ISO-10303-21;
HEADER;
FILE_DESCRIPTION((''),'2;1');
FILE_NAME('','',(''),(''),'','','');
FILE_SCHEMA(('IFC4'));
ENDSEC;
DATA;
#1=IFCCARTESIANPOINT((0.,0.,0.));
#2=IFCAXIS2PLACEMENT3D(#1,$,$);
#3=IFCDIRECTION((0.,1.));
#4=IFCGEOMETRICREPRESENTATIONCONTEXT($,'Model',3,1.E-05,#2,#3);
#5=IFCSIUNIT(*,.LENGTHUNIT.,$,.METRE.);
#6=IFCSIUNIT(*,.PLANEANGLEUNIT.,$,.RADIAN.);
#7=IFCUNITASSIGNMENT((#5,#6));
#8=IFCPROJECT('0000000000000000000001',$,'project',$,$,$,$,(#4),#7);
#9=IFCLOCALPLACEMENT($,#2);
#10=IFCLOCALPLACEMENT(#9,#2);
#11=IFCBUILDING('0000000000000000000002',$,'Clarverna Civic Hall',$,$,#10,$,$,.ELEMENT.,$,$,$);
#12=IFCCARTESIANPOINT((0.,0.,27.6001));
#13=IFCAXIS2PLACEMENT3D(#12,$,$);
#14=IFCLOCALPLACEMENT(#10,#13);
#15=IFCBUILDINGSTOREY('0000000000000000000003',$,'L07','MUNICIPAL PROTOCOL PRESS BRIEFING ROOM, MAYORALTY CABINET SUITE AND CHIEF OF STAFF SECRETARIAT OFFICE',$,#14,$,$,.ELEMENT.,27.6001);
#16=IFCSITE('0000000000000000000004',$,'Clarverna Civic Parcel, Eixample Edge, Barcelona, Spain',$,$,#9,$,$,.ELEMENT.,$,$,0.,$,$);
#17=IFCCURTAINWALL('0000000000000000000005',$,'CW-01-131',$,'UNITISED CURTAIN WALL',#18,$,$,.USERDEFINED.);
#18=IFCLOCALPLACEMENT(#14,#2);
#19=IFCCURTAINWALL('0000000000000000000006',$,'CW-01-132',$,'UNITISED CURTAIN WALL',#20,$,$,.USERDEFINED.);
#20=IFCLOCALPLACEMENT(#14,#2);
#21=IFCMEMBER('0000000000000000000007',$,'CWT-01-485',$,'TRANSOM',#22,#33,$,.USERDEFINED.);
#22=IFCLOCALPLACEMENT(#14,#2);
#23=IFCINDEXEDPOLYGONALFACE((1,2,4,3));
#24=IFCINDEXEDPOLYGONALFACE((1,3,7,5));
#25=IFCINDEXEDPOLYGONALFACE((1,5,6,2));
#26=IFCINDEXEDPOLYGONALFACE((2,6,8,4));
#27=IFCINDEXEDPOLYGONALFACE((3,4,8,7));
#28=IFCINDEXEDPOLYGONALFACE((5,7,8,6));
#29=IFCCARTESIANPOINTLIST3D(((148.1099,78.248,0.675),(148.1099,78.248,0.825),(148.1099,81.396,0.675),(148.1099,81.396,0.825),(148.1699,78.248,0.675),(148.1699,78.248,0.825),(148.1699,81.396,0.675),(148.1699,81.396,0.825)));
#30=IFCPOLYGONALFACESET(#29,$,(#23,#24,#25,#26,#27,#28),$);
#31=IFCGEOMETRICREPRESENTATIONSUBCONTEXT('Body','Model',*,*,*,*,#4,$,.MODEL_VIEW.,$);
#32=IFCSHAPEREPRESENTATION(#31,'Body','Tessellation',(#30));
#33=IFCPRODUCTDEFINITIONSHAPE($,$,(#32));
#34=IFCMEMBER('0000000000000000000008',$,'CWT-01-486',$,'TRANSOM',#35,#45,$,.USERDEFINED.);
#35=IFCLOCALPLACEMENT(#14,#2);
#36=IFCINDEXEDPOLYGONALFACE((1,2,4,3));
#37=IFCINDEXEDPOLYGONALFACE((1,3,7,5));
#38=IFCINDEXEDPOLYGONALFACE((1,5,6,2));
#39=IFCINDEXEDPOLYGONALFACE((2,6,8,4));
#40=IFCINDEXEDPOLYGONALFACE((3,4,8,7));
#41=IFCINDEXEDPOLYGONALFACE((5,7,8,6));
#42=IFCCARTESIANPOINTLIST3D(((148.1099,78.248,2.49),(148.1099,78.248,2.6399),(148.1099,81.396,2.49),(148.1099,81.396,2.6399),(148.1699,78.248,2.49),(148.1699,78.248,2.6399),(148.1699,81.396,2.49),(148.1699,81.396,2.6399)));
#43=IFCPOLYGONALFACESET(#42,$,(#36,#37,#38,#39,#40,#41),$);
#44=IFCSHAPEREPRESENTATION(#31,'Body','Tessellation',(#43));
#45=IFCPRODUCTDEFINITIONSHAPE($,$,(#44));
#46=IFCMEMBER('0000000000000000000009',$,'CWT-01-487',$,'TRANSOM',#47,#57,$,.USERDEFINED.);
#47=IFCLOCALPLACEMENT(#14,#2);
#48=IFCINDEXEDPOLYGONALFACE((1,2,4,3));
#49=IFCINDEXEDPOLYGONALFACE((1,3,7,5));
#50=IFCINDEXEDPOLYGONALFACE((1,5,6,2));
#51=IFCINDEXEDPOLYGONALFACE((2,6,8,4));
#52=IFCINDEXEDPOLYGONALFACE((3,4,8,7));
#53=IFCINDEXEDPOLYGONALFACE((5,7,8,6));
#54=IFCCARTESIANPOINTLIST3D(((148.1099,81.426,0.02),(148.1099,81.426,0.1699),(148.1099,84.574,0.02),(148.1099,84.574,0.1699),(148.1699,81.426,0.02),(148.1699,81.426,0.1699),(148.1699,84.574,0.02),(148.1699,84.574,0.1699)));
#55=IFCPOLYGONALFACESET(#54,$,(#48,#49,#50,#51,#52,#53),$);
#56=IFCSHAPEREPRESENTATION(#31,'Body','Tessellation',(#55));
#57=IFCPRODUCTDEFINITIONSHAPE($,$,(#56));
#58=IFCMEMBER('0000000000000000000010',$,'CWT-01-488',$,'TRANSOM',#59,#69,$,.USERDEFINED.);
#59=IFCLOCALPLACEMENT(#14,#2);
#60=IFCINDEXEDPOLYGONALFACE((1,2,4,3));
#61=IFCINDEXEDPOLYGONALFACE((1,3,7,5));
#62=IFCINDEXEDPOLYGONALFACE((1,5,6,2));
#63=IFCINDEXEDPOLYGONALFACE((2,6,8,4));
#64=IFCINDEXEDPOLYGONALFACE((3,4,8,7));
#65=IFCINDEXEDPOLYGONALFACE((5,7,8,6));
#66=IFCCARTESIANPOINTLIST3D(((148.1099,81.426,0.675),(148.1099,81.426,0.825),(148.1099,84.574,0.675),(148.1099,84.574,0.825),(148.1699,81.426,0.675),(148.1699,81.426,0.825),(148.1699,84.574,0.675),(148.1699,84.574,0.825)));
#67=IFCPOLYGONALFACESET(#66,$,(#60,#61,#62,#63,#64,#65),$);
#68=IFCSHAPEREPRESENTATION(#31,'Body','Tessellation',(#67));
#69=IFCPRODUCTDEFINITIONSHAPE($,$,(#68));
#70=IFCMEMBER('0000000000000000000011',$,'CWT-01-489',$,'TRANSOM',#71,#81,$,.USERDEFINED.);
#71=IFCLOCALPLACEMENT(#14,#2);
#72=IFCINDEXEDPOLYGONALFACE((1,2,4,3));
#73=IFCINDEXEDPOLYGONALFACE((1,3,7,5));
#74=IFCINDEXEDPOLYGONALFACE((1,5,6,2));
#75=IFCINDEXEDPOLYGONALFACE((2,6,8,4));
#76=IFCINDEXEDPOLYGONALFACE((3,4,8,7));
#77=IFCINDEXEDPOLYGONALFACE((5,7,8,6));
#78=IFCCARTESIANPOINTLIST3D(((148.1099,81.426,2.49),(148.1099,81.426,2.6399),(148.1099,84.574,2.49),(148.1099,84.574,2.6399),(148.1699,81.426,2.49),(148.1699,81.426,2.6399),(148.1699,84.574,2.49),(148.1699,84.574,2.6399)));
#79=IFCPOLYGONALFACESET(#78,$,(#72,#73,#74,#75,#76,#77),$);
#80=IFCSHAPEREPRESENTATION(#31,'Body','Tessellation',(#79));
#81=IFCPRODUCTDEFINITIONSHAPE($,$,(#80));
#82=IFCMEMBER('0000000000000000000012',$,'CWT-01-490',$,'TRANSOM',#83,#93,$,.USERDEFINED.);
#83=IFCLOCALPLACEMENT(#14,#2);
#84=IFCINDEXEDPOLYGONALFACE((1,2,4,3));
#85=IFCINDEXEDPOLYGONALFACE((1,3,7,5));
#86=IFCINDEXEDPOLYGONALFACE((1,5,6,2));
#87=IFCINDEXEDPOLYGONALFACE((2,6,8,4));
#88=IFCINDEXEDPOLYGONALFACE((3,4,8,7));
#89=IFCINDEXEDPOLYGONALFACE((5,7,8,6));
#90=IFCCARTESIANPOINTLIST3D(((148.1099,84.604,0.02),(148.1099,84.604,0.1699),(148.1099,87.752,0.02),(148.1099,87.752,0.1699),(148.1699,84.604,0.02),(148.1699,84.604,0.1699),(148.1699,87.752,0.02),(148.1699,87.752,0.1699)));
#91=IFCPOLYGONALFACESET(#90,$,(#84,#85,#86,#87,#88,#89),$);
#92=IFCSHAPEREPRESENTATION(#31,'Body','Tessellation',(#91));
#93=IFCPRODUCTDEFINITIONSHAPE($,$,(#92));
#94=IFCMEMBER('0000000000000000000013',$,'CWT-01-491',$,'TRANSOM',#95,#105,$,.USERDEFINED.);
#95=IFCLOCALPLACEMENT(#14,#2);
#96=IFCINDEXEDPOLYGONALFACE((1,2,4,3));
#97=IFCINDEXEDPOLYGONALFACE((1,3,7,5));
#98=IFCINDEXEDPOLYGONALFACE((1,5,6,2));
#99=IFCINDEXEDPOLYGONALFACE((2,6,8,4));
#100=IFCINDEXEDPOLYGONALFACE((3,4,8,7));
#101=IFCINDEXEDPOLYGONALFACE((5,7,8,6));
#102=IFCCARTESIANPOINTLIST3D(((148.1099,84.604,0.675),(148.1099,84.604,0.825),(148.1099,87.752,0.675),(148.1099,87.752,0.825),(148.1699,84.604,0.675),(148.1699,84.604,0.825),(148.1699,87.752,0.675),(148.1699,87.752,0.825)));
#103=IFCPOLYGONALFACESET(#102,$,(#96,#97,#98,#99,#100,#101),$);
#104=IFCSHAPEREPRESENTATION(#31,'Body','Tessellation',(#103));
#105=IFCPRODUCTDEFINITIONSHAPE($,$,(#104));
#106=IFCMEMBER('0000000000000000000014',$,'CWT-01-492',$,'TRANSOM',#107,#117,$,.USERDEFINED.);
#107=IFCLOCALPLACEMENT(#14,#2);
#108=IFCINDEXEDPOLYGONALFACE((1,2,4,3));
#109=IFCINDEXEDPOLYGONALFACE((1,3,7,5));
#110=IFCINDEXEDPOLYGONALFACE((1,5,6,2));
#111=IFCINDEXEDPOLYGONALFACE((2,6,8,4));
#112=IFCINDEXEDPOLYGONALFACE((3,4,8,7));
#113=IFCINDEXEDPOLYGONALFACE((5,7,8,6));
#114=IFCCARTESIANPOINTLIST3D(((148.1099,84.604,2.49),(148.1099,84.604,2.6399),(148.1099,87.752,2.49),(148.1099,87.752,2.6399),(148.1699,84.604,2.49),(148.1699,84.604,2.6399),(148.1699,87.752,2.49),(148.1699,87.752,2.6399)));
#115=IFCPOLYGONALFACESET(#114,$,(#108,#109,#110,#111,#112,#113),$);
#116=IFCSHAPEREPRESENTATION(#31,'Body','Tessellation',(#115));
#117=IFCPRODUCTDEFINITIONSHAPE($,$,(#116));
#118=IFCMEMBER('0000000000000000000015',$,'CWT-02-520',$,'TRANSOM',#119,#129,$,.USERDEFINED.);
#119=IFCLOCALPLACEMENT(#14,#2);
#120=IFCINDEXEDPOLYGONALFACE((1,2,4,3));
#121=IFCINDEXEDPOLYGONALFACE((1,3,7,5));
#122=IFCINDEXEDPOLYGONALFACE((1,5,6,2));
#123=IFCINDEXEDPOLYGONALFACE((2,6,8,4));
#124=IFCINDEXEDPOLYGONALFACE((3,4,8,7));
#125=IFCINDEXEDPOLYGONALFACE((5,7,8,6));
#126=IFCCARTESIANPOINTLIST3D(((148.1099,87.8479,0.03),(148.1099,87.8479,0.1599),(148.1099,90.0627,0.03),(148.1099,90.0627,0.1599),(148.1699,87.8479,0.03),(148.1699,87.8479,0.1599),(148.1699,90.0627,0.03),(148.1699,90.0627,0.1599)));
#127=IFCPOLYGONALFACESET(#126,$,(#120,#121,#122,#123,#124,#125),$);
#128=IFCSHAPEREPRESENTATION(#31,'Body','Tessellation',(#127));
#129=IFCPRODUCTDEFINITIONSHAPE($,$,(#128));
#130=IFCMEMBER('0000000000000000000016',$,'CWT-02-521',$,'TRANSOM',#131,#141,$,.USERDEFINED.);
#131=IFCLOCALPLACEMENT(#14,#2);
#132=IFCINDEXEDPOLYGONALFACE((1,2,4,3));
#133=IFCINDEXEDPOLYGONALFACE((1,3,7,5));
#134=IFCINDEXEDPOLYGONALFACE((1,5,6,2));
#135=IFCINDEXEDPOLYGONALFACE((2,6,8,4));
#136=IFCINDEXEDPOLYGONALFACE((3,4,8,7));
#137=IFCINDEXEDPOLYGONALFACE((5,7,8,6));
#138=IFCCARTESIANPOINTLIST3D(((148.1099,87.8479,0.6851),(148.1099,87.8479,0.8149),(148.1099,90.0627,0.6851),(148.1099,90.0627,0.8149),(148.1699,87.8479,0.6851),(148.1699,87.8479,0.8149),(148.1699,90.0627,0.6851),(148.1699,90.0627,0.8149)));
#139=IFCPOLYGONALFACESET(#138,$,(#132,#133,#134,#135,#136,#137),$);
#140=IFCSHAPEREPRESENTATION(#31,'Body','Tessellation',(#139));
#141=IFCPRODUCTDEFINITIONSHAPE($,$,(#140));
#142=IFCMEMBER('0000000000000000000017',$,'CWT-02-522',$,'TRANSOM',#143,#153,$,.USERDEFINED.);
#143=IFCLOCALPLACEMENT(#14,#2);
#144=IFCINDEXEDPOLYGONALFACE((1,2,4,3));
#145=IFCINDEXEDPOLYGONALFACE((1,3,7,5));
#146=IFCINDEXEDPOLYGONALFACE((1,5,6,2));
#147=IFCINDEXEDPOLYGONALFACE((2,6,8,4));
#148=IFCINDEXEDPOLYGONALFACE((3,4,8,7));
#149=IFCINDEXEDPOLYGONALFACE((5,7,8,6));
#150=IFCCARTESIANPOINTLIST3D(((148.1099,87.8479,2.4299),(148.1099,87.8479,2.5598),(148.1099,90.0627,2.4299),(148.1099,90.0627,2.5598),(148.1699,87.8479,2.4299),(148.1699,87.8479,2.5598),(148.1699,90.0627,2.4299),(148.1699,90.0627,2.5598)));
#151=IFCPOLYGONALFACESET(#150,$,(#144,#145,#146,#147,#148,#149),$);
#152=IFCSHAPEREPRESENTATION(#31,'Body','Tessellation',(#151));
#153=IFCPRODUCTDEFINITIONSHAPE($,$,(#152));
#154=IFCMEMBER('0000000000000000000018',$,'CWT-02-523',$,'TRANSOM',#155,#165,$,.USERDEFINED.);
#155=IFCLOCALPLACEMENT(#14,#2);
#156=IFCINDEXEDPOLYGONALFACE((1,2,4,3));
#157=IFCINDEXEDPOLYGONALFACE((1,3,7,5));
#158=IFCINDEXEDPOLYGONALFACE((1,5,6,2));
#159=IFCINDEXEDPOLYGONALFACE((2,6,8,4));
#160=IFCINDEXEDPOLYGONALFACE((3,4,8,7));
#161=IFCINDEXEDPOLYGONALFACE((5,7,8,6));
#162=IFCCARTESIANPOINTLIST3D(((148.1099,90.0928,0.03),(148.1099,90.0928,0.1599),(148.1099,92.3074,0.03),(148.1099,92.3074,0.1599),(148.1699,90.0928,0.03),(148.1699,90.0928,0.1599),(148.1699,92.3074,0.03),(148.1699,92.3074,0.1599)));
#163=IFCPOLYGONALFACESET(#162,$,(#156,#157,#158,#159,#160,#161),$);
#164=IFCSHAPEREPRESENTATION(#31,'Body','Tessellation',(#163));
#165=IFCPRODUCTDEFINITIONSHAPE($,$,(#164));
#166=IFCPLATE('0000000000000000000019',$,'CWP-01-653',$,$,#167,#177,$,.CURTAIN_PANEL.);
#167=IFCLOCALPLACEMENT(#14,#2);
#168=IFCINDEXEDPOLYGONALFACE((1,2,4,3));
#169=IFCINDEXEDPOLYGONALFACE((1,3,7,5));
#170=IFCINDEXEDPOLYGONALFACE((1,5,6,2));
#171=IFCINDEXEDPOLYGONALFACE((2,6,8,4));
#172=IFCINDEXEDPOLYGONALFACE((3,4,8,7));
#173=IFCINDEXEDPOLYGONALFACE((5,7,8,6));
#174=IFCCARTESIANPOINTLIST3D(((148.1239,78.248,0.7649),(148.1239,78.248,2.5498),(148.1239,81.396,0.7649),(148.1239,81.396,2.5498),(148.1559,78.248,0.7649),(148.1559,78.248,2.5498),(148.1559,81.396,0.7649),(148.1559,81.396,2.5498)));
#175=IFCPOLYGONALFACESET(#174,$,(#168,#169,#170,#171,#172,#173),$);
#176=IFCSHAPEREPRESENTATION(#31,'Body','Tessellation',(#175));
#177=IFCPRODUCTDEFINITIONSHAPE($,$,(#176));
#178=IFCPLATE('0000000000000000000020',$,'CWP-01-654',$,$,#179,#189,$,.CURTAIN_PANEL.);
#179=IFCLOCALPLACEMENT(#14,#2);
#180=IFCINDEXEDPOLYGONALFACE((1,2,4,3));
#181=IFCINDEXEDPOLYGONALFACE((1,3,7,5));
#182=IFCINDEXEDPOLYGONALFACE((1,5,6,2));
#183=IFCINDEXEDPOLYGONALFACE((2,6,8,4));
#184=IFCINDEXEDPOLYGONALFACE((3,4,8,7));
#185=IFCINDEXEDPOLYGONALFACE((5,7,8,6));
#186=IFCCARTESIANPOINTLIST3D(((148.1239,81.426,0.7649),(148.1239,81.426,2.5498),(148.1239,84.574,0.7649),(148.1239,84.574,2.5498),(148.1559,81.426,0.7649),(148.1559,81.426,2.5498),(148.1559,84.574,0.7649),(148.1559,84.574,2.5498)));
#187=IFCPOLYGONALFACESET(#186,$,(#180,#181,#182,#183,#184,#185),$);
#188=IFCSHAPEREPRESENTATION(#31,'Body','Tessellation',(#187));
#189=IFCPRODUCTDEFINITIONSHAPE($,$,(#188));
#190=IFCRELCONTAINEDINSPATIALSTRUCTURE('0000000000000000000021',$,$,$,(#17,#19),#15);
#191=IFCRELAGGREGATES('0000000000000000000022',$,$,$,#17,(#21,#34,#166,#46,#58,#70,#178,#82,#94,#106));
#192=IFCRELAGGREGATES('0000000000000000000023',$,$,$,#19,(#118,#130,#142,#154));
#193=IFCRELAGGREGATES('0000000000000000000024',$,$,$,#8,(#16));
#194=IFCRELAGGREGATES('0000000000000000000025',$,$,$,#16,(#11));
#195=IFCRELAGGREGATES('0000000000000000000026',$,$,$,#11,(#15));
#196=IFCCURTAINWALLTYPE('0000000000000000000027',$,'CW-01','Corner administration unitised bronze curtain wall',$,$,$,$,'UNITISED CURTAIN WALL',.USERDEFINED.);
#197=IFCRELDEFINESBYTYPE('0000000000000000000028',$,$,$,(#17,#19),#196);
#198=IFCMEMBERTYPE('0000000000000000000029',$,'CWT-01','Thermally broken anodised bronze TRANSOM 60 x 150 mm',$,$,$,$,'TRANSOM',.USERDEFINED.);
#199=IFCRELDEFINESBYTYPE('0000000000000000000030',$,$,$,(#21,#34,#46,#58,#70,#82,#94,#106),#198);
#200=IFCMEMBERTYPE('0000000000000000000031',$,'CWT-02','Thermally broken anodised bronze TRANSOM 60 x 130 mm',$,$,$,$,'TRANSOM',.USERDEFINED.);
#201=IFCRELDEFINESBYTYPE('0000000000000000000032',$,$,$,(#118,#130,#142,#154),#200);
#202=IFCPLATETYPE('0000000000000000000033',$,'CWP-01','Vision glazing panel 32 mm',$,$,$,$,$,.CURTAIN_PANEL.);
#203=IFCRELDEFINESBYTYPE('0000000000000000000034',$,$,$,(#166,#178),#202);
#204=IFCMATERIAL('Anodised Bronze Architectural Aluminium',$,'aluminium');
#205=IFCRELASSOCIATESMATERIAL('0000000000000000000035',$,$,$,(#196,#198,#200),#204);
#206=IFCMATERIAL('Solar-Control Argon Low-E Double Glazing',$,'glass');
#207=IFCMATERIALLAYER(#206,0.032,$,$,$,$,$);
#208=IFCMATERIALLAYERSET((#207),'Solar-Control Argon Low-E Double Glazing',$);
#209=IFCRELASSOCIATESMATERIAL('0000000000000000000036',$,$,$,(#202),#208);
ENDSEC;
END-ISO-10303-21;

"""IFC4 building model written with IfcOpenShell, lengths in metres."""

from ifc_helpers import new_model, si_unit, direction, frame, frame_2d, origin, origin_2d, place, context, subcontext, project, spatial, rectangle, extrude, material, layer, layer_set, material_profile, profile_set, type_object, element, aggregate, save


model = new_model("IFC4")

# Units and contexts
model_context = context("Model", 3, precision=1e-05, world=origin(), true_north=direction((0.0, 1.0)))
body_context = subcontext(model_context, "Body", "Model", "MODEL_VIEW")
ifc_project = project(units=[si_unit("LENGTHUNIT", "METRE"), si_unit("PLANEANGLEUNIT", "RADIAN")], contexts=[model_context])

# Site, building, storey
site_placement = place(None, origin())
site = spatial("IfcSite", under=ifc_project, at=site_placement, Name="Clarverna Civic Parcel, Eixample Edge, Barcelona, Spain", CompositionType="ELEMENT", RefElevation=0.0)
building_placement = place(site_placement, origin())
building = spatial("IfcBuilding", under=site, at=building_placement, Name="Clarverna Civic Hall", CompositionType="ELEMENT")
storey_placement = place(building_placement, frame((0.0, 0.0, 27.6001)))
storey = spatial("IfcBuildingStorey", under=building, at=storey_placement, Name="L07", Description="MUNICIPAL PROTOCOL PRESS BRIEFING ROOM, MAYORALTY CABINET SUITE AND CHIEF OF STAFF SECRETARIAT OFFICE", CompositionType="ELEMENT", Elevation=27.6001)

# Curtain walls
ifc_material_1 = material(Name="Anodised Bronze Architectural Aluminium", Category="aluminium")
curtain_wall_type = type_object("IfcCurtainWallType", Name="CW-01", Description="Corner administration unitised bronze curtain wall", ElementType="UNITISED CURTAIN WALL", PredefinedType="USERDEFINED", material=ifc_material_1)
curtain_wall_1_placement = place(storey_placement, origin())
curtain_wall_1 = element("IfcCurtainWall", 1, at=curtain_wall_1_placement, inside=storey, type_object=curtain_wall_type, Name="CW-01-131", ObjectType="UNITISED CURTAIN WALL", PredefinedType="USERDEFINED")
curtain_wall_2_placement = place(storey_placement, origin())
curtain_wall_2 = element("IfcCurtainWall", 2, at=curtain_wall_2_placement, inside=storey, type_object=curtain_wall_type, Name="CW-01-132", ObjectType="UNITISED CURTAIN WALL", PredefinedType="USERDEFINED")

# Members
ifc_material_profile_1 = material_profile(ifc_material_1, rectangle(XDim=0.0601, YDim=0.1499, at=origin_2d()), Name="BRONZE 60x150")
ifc_profile_set_1 = profile_set([ifc_material_profile_1], Name="Anodised Bronze Architectural Aluminium")
member_type_1 = type_object("IfcMemberType", Name="CWT-01", Description="Thermally broken anodised bronze TRANSOM 60 x 150 mm", ElementType="TRANSOM", PredefinedType="USERDEFINED", material=ifc_profile_set_1)
member_1_placement = place(storey_placement, frame((148.1399, 78.248, 0.75), z_axis=(0.0, 1.0, 0.0), x_axis=(-1.0, 0.0, 0.0)))
member_1 = element("IfcMember", 3, at=member_1_placement, type_object=member_type_1, Name="CWT-01-485", ObjectType="TRANSOM", PredefinedType="USERDEFINED", context=body_context, shape_type="SweptSolid", body=[
    extrude(rectangle(XDim=0.0601, YDim=0.1499, at=origin_2d()), origin(), (0.0, 0.0, 1.0), 3.1479),
])
member_2_placement = place(storey_placement, frame((148.1399, 78.248, 2.5649), z_axis=(0.0, 1.0, 0.0), x_axis=(-1.0, 0.0, 0.0)))
member_2 = element("IfcMember", 4, at=member_2_placement, type_object=member_type_1, Name="CWT-01-486", ObjectType="TRANSOM", PredefinedType="USERDEFINED", context=body_context, shape_type="SweptSolid", body=[
    extrude(rectangle(XDim=0.0601, YDim=0.1499, at=origin_2d()), origin(), (0.0, 0.0, 1.0), 3.1479),
])
member_3_placement = place(storey_placement, frame((148.1399, 81.426, 0.095), z_axis=(0.0, 1.0, 0.0), x_axis=(-1.0, 0.0, 0.0)))
member_3 = element("IfcMember", 5, at=member_3_placement, type_object=member_type_1, Name="CWT-01-487", ObjectType="TRANSOM", PredefinedType="USERDEFINED", context=body_context, shape_type="SweptSolid", body=[
    extrude(rectangle(XDim=0.0601, YDim=0.1499, at=origin_2d()), origin(), (0.0, 0.0, 1.0), 3.1479),
])
member_4_placement = place(storey_placement, frame((148.1399, 81.426, 0.75), z_axis=(0.0, 1.0, 0.0), x_axis=(-1.0, 0.0, 0.0)))
member_4 = element("IfcMember", 6, at=member_4_placement, type_object=member_type_1, Name="CWT-01-488", ObjectType="TRANSOM", PredefinedType="USERDEFINED", context=body_context, shape_type="SweptSolid", body=[
    extrude(rectangle(XDim=0.0601, YDim=0.1499, at=origin_2d()), origin(), (0.0, 0.0, 1.0), 3.1479),
])
member_5_placement = place(storey_placement, frame((148.1399, 81.426, 2.5649), z_axis=(0.0, 1.0, 0.0), x_axis=(-1.0, 0.0, 0.0)))
member_5 = element("IfcMember", 7, at=member_5_placement, type_object=member_type_1, Name="CWT-01-489", ObjectType="TRANSOM", PredefinedType="USERDEFINED", context=body_context, shape_type="SweptSolid", body=[
    extrude(rectangle(XDim=0.0601, YDim=0.1499, at=origin_2d()), origin(), (0.0, 0.0, 1.0), 3.1479),
])
member_6_placement = place(storey_placement, frame((148.1399, 84.604, 0.095), z_axis=(0.0, 1.0, 0.0), x_axis=(-1.0, 0.0, 0.0)))
member_6 = element("IfcMember", 8, at=member_6_placement, type_object=member_type_1, Name="CWT-01-490", ObjectType="TRANSOM", PredefinedType="USERDEFINED", context=body_context, shape_type="SweptSolid", body=[
    extrude(rectangle(XDim=0.0601, YDim=0.1499, at=origin_2d()), origin(), (0.0, 0.0, 1.0), 3.1479),
])
member_7_placement = place(storey_placement, frame((148.1399, 84.604, 0.75), z_axis=(0.0, 1.0, 0.0), x_axis=(-1.0, 0.0, 0.0)))
member_7 = element("IfcMember", 9, at=member_7_placement, type_object=member_type_1, Name="CWT-01-491", ObjectType="TRANSOM", PredefinedType="USERDEFINED", context=body_context, shape_type="SweptSolid", body=[
    extrude(rectangle(XDim=0.0601, YDim=0.1499, at=origin_2d()), origin(), (0.0, 0.0, 1.0), 3.1479),
])
member_8_placement = place(storey_placement, frame((148.1399, 84.604, 2.5649), z_axis=(0.0, 1.0, 0.0), x_axis=(-1.0, 0.0, 0.0)))
member_8 = element("IfcMember", 10, at=member_8_placement, type_object=member_type_1, Name="CWT-01-492", ObjectType="TRANSOM", PredefinedType="USERDEFINED", context=body_context, shape_type="SweptSolid", body=[
    extrude(rectangle(XDim=0.0601, YDim=0.1499, at=origin_2d()), origin(), (0.0, 0.0, 1.0), 3.1479),
])
ifc_material_profile_2 = material_profile(ifc_material_1, rectangle(XDim=0.0601, YDim=0.1299, at=origin_2d()), Name="BRONZE 60x130")
ifc_profile_set_2 = profile_set([ifc_material_profile_2], Name="Anodised Bronze Architectural Aluminium")
member_type_2 = type_object("IfcMemberType", Name="CWT-02", Description="Thermally broken anodised bronze TRANSOM 60 x 130 mm", ElementType="TRANSOM", PredefinedType="USERDEFINED", material=ifc_profile_set_2)
member_9_placement = place(storey_placement, frame((148.1399, 87.8479, 0.095), z_axis=(0.0, 1.0, 0.0), x_axis=(-1.0, 0.0, 0.0)))
member_9 = element("IfcMember", 11, at=member_9_placement, type_object=member_type_2, Name="CWT-02-520", ObjectType="TRANSOM", PredefinedType="USERDEFINED", context=body_context, shape_type="SweptSolid", body=[
    extrude(rectangle(XDim=0.0601, YDim=0.1299, at=origin_2d()), origin(), (0.0, 0.0, 1.0), 2.2148),
])
member_10_placement = place(storey_placement, frame((148.1399, 87.8479, 0.75), z_axis=(0.0, 1.0, 0.0), x_axis=(-1.0, 0.0, 0.0)))
member_10 = element("IfcMember", 12, at=member_10_placement, type_object=member_type_2, Name="CWT-02-521", ObjectType="TRANSOM", PredefinedType="USERDEFINED", context=body_context, shape_type="SweptSolid", body=[
    extrude(rectangle(XDim=0.0601, YDim=0.1299, at=origin_2d()), origin(), (0.0, 0.0, 1.0), 2.2148),
])
member_11_placement = place(storey_placement, frame((148.1399, 87.8479, 2.4949), z_axis=(0.0, 1.0, 0.0), x_axis=(-1.0, 0.0, 0.0)))
member_11 = element("IfcMember", 13, at=member_11_placement, type_object=member_type_2, Name="CWT-02-522", ObjectType="TRANSOM", PredefinedType="USERDEFINED", context=body_context, shape_type="SweptSolid", body=[
    extrude(rectangle(XDim=0.0601, YDim=0.1299, at=origin_2d()), origin(), (0.0, 0.0, 1.0), 2.2148),
])
member_12_placement = place(storey_placement, frame((148.1399, 90.0928, 0.095), z_axis=(0.0, 1.0, 0.0), x_axis=(-1.0, 0.0, 0.0)))
member_12 = element("IfcMember", 14, at=member_12_placement, type_object=member_type_2, Name="CWT-02-523", ObjectType="TRANSOM", PredefinedType="USERDEFINED", context=body_context, shape_type="SweptSolid", body=[
    extrude(rectangle(XDim=0.0601, YDim=0.1299, at=origin_2d()), origin(), (0.0, 0.0, 1.0), 2.2146),
])

# Plates
ifc_material_2 = material(Name="Solar-Control Argon Low-E Double Glazing", Category="glass")
ifc_layer_1 = layer(ifc_material_2, 0.032)
ifc_layer_set_1 = layer_set([ifc_layer_1], Name="Solar-Control Argon Low-E Double Glazing")
plate_type_1 = type_object("IfcPlateType", Name="CWP-01", Description="Vision glazing panel 32 mm", PredefinedType="CURTAIN_PANEL", material=ifc_layer_set_1)
plate_1_placement = place(storey_placement, frame((148.1399, 78.248, 0.7649), z_axis=(0.0, 0.0, 1.0), x_axis=(0.0, 1.0, 0.0)))
plate_1 = element("IfcPlate", 15, at=plate_1_placement, type_object=plate_type_1, Name="CWP-01-653", PredefinedType="CURTAIN_PANEL", context=body_context, shape_type="SweptSolid", body=[
    extrude(rectangle(XDim=3.1479, YDim=0.032, at=frame_2d((1.574, 0.0))), origin(), (0.0, 0.0, 1.0), 1.7849),
])
plate_2_placement = place(storey_placement, frame((148.1399, 81.426, 0.7649), z_axis=(0.0, 0.0, 1.0), x_axis=(0.0, 1.0, 0.0)))
plate_2 = element("IfcPlate", 16, at=plate_2_placement, type_object=plate_type_1, Name="CWP-01-654", PredefinedType="CURTAIN_PANEL", context=body_context, shape_type="SweptSolid", body=[
    extrude(rectangle(XDim=3.1479, YDim=0.032, at=frame_2d((1.574, 0.0))), origin(), (0.0, 0.0, 1.0), 1.7849),
])
aggregate(curtain_wall_1, [member_1, member_2, plate_1, member_3, member_4, member_5, plate_2, member_6, member_7, member_8])
aggregate(curtain_wall_2, [member_9, member_10, member_11, member_12])

save(model, "model.ifc")
